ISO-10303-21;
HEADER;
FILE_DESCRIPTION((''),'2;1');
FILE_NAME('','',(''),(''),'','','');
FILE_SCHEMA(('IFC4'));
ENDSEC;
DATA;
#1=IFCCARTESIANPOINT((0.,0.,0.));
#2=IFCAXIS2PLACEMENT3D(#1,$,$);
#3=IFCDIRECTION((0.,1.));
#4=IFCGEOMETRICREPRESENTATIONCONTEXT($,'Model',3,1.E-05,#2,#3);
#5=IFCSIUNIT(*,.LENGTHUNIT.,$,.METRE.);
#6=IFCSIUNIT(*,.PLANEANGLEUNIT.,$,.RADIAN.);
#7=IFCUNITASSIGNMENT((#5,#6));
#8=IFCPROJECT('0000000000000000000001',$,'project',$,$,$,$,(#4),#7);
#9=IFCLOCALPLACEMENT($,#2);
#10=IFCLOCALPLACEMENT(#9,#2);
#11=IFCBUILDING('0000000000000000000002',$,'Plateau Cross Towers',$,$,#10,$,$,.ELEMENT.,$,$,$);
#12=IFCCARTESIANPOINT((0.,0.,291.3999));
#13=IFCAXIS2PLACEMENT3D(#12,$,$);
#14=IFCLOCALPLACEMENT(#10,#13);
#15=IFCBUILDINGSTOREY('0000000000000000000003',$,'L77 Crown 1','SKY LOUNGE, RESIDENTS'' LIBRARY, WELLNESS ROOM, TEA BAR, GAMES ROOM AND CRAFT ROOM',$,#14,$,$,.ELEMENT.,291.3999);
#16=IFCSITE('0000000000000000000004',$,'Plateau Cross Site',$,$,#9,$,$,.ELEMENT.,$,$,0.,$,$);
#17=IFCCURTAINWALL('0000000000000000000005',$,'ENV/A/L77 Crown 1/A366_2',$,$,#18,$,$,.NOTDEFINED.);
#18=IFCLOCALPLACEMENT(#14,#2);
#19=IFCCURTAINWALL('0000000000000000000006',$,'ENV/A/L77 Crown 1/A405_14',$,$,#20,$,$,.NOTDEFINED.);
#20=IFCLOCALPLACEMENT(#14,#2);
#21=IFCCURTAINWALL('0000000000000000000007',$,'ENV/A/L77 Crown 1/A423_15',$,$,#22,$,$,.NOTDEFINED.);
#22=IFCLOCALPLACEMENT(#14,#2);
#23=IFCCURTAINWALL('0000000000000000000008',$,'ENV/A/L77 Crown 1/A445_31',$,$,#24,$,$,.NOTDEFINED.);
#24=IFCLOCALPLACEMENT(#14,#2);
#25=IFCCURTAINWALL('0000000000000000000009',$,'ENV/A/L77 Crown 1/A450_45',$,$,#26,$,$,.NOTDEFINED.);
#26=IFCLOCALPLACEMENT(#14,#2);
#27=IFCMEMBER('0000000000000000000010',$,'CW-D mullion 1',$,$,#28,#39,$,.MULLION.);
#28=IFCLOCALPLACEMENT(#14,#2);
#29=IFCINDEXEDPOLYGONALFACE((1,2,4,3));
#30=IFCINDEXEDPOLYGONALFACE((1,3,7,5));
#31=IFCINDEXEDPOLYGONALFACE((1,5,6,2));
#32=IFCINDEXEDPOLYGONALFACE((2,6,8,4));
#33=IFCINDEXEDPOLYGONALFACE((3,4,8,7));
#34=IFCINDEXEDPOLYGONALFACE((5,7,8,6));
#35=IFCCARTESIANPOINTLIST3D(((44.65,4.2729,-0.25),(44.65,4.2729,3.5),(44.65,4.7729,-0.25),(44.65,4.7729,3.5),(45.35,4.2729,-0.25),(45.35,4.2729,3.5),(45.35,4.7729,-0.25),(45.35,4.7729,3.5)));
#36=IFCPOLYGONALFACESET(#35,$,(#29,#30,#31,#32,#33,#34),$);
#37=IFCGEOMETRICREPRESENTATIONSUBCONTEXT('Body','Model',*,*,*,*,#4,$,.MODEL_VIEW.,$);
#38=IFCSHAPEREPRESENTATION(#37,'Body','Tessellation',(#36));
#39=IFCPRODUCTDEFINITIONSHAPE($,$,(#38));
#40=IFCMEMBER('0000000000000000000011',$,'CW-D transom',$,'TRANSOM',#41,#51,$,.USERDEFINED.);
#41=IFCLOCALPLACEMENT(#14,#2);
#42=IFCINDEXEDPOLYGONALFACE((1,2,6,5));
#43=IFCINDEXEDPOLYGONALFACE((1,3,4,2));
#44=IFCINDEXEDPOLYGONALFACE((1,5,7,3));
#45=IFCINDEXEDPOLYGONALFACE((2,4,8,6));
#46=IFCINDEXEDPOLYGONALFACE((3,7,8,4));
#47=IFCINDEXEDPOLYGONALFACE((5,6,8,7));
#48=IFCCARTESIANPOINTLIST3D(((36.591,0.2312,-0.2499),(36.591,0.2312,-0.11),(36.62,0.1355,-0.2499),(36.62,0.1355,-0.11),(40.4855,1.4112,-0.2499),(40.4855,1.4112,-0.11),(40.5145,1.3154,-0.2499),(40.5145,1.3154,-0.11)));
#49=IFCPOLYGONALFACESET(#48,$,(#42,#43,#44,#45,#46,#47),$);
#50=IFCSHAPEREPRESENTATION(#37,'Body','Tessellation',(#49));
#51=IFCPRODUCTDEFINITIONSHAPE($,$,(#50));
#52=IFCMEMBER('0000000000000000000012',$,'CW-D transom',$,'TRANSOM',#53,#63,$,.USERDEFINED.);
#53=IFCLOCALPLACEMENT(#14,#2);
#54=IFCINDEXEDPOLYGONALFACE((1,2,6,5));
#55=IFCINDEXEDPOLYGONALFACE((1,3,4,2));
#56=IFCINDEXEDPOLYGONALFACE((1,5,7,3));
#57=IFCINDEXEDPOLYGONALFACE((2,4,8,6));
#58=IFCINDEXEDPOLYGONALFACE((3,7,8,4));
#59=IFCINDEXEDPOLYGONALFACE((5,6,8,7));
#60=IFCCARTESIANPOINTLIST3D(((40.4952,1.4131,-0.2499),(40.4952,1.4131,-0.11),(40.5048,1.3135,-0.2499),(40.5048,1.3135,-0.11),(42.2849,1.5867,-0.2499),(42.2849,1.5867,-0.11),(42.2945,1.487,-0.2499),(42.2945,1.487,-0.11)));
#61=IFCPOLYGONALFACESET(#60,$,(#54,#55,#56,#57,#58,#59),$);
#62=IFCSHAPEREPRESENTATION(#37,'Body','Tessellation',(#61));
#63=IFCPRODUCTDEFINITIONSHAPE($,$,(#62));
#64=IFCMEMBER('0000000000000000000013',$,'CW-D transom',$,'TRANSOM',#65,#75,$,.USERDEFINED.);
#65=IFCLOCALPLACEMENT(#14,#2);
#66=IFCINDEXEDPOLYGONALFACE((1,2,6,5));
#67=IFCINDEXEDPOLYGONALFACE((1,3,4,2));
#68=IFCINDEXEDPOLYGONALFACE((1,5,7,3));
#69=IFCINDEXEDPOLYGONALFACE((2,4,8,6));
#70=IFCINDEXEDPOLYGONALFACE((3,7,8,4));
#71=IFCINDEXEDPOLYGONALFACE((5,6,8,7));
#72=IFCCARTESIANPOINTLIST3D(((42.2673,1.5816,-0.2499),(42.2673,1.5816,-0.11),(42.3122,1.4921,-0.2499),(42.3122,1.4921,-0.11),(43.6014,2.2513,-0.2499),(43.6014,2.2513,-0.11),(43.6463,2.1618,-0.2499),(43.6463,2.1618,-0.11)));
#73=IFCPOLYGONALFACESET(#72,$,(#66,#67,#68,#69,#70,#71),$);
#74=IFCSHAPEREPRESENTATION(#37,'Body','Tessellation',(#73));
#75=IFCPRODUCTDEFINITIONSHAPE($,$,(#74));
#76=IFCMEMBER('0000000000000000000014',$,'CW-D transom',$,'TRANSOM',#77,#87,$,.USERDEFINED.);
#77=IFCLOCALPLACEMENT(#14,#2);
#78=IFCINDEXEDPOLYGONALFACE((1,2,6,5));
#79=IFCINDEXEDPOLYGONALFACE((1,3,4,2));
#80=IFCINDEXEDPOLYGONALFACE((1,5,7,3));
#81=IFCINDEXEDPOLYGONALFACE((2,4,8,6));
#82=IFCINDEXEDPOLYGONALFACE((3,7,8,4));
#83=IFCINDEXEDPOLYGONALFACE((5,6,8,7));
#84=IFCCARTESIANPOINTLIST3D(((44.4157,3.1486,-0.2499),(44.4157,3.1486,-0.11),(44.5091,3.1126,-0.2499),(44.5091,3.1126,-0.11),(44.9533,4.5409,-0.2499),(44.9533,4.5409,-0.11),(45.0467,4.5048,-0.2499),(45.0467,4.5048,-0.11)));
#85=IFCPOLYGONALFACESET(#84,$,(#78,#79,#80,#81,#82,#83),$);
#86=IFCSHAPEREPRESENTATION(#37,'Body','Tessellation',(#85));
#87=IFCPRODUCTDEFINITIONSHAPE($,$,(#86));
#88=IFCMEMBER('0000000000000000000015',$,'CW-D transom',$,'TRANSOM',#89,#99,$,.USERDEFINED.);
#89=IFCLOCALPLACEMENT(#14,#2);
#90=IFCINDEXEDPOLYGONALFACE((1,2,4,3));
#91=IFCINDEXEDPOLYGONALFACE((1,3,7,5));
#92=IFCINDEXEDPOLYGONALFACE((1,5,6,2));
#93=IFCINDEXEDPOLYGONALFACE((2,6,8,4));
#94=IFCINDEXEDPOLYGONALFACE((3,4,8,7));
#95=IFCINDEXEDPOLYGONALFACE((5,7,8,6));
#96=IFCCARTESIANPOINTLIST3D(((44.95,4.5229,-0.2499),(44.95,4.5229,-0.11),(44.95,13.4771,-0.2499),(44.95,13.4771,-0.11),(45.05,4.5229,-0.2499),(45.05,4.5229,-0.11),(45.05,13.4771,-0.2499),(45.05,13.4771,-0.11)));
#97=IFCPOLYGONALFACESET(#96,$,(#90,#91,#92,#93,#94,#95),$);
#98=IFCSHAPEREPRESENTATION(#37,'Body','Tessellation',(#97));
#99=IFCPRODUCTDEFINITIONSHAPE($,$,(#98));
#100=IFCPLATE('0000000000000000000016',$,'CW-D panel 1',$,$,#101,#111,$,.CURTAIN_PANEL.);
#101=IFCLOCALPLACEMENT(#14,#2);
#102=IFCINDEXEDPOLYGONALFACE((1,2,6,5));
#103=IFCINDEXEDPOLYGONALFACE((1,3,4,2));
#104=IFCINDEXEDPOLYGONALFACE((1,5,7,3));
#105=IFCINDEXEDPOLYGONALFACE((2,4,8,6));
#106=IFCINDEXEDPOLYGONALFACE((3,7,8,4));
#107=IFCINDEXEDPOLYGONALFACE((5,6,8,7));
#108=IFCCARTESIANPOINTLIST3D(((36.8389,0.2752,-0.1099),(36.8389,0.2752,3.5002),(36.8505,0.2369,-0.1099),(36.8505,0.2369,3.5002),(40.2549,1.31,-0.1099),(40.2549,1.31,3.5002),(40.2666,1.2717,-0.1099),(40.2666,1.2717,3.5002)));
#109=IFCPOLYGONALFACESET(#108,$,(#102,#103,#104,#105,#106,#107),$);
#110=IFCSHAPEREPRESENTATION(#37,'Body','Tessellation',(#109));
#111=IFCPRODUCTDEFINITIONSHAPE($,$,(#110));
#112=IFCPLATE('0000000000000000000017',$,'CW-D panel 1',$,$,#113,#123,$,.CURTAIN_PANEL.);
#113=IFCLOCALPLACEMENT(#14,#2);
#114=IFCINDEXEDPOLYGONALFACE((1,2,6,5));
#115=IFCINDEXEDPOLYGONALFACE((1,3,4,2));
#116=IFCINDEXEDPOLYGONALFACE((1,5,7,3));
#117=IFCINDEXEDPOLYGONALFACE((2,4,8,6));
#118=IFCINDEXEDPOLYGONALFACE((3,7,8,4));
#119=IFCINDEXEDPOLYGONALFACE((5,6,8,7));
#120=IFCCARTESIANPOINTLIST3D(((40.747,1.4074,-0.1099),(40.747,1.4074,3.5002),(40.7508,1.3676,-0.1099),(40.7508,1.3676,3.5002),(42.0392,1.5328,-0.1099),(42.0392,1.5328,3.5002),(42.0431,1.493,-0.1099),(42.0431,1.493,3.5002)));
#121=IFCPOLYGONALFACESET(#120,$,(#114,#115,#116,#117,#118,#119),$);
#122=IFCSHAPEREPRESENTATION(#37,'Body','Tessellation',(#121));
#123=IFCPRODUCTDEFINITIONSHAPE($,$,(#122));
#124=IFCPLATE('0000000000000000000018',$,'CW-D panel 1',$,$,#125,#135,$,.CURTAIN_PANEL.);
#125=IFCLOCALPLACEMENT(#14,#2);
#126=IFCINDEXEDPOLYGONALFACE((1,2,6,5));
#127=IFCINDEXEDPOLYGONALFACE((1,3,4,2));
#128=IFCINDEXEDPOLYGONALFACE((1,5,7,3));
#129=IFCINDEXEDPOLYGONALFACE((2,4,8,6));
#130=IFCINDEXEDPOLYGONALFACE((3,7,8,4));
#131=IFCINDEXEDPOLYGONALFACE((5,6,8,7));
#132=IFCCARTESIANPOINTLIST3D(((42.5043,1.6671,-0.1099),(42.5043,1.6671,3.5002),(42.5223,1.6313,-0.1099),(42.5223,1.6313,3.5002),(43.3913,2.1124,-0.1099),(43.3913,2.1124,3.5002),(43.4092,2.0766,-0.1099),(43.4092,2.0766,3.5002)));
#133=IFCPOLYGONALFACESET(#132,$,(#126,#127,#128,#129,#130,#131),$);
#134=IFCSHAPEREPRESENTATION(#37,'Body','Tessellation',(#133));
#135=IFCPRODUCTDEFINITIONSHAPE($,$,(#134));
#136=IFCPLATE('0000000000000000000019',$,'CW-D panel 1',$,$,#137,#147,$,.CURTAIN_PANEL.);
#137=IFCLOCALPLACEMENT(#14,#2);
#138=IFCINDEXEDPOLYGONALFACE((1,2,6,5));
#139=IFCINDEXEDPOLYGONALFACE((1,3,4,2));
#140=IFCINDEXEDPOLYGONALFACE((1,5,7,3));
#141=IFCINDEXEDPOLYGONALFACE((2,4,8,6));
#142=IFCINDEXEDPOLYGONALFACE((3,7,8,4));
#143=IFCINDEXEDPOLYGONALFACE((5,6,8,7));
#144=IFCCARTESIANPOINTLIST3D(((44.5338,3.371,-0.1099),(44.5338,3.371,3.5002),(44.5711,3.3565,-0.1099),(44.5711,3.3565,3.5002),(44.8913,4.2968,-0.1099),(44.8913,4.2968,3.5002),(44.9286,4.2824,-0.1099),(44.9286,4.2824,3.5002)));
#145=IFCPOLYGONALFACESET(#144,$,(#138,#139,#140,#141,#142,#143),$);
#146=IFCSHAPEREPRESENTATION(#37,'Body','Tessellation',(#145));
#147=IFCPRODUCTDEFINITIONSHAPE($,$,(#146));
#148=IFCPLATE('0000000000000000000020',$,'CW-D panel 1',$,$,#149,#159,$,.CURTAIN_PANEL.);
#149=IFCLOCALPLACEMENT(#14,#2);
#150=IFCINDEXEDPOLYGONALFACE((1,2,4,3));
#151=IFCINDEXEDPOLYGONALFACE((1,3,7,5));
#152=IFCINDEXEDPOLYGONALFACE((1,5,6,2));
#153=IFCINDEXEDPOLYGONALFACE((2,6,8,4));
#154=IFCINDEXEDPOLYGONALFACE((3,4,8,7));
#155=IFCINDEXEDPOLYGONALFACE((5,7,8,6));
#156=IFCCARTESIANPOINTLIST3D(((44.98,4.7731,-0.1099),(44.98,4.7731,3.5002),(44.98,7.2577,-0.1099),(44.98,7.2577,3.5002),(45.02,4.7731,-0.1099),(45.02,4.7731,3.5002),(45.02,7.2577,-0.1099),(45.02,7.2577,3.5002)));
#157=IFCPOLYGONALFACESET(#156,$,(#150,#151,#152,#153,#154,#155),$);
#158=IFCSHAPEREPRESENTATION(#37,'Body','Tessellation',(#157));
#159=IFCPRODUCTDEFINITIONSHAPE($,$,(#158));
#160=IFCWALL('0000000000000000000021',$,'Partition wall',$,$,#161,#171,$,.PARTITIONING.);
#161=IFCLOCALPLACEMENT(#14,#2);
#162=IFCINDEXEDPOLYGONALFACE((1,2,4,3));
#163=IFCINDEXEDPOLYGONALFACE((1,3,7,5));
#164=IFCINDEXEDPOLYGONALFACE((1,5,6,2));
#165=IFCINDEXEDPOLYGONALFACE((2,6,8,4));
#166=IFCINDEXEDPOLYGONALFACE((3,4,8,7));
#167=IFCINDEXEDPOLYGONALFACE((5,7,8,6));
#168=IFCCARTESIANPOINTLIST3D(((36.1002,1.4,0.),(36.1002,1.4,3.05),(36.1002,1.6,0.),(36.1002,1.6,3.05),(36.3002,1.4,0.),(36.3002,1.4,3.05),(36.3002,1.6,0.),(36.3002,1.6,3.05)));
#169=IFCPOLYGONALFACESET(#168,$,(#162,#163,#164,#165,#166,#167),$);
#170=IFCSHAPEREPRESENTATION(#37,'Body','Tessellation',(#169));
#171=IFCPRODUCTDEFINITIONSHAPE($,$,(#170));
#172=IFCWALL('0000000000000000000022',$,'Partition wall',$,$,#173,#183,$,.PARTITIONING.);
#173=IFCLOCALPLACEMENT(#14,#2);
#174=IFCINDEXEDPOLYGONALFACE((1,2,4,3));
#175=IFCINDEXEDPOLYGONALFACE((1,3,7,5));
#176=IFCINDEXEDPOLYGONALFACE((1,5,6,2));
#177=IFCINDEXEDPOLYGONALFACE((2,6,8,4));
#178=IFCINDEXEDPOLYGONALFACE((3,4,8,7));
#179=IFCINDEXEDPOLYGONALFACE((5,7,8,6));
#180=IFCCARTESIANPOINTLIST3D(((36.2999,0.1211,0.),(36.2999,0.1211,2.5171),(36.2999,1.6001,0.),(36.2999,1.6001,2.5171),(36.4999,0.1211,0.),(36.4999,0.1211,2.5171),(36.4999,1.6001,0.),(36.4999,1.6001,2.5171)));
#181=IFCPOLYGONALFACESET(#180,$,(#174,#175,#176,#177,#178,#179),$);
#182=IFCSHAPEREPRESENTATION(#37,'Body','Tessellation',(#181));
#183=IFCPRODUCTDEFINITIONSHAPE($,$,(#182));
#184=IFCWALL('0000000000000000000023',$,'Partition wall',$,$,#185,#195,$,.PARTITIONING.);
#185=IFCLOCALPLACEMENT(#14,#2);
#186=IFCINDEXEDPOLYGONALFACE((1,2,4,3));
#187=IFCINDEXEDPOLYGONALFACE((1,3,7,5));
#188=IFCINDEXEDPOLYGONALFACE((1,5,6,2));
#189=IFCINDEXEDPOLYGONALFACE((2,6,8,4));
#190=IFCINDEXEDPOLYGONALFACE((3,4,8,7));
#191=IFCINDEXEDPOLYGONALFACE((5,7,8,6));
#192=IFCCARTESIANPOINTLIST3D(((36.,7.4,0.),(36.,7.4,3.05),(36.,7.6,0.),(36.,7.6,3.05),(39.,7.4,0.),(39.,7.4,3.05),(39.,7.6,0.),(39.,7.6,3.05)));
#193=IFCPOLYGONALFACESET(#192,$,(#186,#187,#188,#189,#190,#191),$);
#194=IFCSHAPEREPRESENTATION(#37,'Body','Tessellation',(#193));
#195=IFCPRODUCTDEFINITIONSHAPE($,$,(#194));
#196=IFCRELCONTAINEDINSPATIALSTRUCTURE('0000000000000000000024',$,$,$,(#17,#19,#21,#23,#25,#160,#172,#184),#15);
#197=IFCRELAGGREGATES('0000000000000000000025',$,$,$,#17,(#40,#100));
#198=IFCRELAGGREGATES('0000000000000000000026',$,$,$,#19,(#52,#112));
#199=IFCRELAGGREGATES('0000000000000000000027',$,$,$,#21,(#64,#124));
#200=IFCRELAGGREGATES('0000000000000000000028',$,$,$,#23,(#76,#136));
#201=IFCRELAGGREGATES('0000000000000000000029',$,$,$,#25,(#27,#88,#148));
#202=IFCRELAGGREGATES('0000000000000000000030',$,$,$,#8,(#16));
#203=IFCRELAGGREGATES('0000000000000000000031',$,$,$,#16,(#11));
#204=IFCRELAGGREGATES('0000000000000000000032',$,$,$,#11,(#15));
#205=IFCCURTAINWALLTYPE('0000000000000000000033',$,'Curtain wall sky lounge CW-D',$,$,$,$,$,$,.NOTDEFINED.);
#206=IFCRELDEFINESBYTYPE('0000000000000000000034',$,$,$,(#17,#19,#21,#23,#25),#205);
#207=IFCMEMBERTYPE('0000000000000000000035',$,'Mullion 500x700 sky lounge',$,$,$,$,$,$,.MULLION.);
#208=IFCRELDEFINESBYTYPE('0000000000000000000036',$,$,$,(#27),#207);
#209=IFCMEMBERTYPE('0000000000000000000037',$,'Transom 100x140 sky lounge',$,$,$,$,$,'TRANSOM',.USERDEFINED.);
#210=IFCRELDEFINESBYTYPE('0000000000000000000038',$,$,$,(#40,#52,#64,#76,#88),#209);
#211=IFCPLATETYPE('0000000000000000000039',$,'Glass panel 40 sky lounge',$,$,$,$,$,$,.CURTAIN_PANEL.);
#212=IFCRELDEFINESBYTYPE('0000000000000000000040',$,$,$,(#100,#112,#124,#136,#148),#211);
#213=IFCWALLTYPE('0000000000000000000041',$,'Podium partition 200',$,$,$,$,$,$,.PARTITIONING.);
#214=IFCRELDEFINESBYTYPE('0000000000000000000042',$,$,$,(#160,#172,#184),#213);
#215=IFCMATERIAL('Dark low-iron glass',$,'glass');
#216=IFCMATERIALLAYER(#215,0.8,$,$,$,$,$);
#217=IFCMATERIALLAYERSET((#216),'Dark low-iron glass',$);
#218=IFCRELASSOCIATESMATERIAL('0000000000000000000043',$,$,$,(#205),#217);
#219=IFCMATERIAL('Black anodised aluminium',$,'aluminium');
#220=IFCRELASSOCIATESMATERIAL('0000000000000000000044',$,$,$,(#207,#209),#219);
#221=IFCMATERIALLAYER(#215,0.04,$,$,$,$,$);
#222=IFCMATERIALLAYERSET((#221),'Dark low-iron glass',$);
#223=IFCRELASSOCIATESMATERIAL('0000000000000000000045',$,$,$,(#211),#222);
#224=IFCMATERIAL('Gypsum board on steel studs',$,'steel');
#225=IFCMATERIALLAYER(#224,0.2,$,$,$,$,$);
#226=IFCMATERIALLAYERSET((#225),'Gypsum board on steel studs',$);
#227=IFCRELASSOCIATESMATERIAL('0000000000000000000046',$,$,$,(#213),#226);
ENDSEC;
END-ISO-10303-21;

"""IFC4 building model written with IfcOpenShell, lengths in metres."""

from ifc_helpers import new_model, si_unit, direction, frame, frame_2d, origin, origin_2d, place, context, subcontext, project, spatial, rectangle, extrude, material, layer, layer_set, material_profile, profile_set, type_object, element, aggregate, save


model = new_model("IFC4")

# Units and contexts
model_context = context("Model", 3, precision=1e-05, world=origin(), true_north=direction((0.0, 1.0)))
body_context = subcontext(model_context, "Body", "Model", "MODEL_VIEW")
ifc_project = project(units=[si_unit("LENGTHUNIT", "METRE"), si_unit("PLANEANGLEUNIT", "RADIAN")], contexts=[model_context])

# Site, building, storey
site_placement = place(None, origin())
site = spatial("IfcSite", under=ifc_project, at=site_placement, Name="Plateau Cross Site", CompositionType="ELEMENT", RefElevation=0.0)
building_placement = place(site_placement, origin())
building = spatial("IfcBuilding", under=site, at=building_placement, Name="Plateau Cross Towers", CompositionType="ELEMENT")
storey_placement = place(building_placement, frame((0.0, 0.0, 291.3999)))
storey = spatial("IfcBuildingStorey", under=building, at=storey_placement, Name="L77 Crown 1", Description="SKY LOUNGE, RESIDENTS' LIBRARY, WELLNESS ROOM, TEA BAR, GAMES ROOM AND CRAFT ROOM", CompositionType="ELEMENT", Elevation=291.3999)

# Curtain walls
ifc_material_1 = material(Name="Dark low-iron glass", Category="glass")
ifc_layer_1 = layer(ifc_material_1, 0.8)
ifc_layer_set_1 = layer_set([ifc_layer_1], Name="Dark low-iron glass")
curtain_wall_type = type_object("IfcCurtainWallType", Name="Curtain wall sky lounge CW-D", PredefinedType="NOTDEFINED", material=ifc_layer_set_1)
curtain_wall_1_placement = place(storey_placement, origin())
curtain_wall_1 = element("IfcCurtainWall", 1, at=curtain_wall_1_placement, inside=storey, type_object=curtain_wall_type, Name="ENV/A/L77 Crown 1/A366_2", PredefinedType="NOTDEFINED")
ifc_material_2 = material(Name="Black anodised aluminium", Category="aluminium")
ifc_material_profile_1 = material_profile(ifc_material_2, rectangle(XDim=0.5, YDim=0.7, at=origin_2d()), Name="MULLION 500x700")
ifc_profile_set_1 = profile_set([ifc_material_profile_1], Name="Black anodised aluminium")
member_type_1 = type_object("IfcMemberType", Name="Mullion 500x700 sky lounge", PredefinedType="MULLION", material=ifc_profile_set_1)
curtain_wall_2_placement = place(storey_placement, origin())
curtain_wall_2 = element("IfcCurtainWall", 2, at=curtain_wall_2_placement, inside=storey, type_object=curtain_wall_type, Name="ENV/A/L77 Crown 1/A405_14", PredefinedType="NOTDEFINED")

# Curtain wall
curtain_wall_3_placement = place(storey_placement, origin())
curtain_wall_3 = element("IfcCurtainWall", 3, at=curtain_wall_3_placement, inside=storey, type_object=curtain_wall_type, Name="ENV/A/L77 Crown 1/A423_15", PredefinedType="NOTDEFINED")

# Curtain walls, member
curtain_wall_4_placement = place(storey_placement, origin())
curtain_wall_4 = element("IfcCurtainWall", 4, at=curtain_wall_4_placement, inside=storey, type_object=curtain_wall_type, Name="ENV/A/L77 Crown 1/A445_31", PredefinedType="NOTDEFINED")
curtain_wall_5_placement = place(storey_placement, origin())
curtain_wall_5 = element("IfcCurtainWall", 5, at=curtain_wall_5_placement, inside=storey, type_object=curtain_wall_type, Name="ENV/A/L77 Crown 1/A450_45", PredefinedType="NOTDEFINED")
member_1_placement = place(storey_placement, frame((45.0, 4.5229, -0.25), z_axis=(0.0, 0.0, 1.0), x_axis=(0.0, 1.0, 0.0)))
member_1 = element("IfcMember", 6, at=member_1_placement, type_object=member_type_1, Name="CW-D mullion 1", PredefinedType="MULLION", context=body_context, shape_type="SweptSolid", body=[
    extrude(rectangle(XDim=0.5, YDim=0.7, at=origin_2d()), origin(), (0.0, 0.0, 1.0), 3.75),
])

# Members
ifc_material_profile_2 = material_profile(ifc_material_2, rectangle(XDim=0.1001, YDim=0.1399, at=origin_2d()), Name="TRANSOM 100x140")
ifc_profile_set_2 = profile_set([ifc_material_profile_2], Name="Black anodised aluminium")
member_type_2 = type_object("IfcMemberType", Name="Transom 100x140 sky lounge", ElementType="TRANSOM", PredefinedType="USERDEFINED", material=ifc_profile_set_2)
member_2_placement = place(storey_placement, frame((36.6055, 0.1833, -0.1799), z_axis=(0.95704, 0.289956, 0.0), x_axis=(-0.289956, 0.95704, 0.0)))
member_2 = element("IfcMember", 7, at=member_2_placement, type_object=member_type_2, Name="CW-D transom", ObjectType="TRANSOM", PredefinedType="USERDEFINED", context=body_context, shape_type="SweptSolid", body=[
    extrude(rectangle(XDim=0.1001, YDim=0.1399, at=origin_2d()), origin(), (0.0, 0.0, 1.0), 4.0693),
])
member_3_placement = place(storey_placement, frame((40.5, 1.3633, -0.1799), z_axis=(0.99533, 0.096532, 0.0), x_axis=(-0.096532, 0.99533, 0.0)))
member_3 = element("IfcMember", 8, at=member_3_placement, type_object=member_type_2, Name="CW-D transom", ObjectType="TRANSOM", PredefinedType="USERDEFINED", context=body_context, shape_type="SweptSolid", body=[
    extrude(rectangle(XDim=0.1001, YDim=0.1399, at=origin_2d()), origin(), (0.0, 0.0, 1.0), 1.7981),
])
member_4_placement = place(storey_placement, frame((42.2898, 1.5369, -0.1799), z_axis=(0.893706, 0.448652, 0.0), x_axis=(-0.448652, 0.893706, 0.0)))
member_4 = element("IfcMember", 9, at=member_4_placement, type_object=member_type_2, Name="CW-D transom", ObjectType="TRANSOM", PredefinedType="USERDEFINED", context=body_context, shape_type="SweptSolid", body=[
    extrude(rectangle(XDim=0.1001, YDim=0.1399, at=origin_2d()), origin(), (0.0, 0.0, 1.0), 1.4927),
])
member_5_placement = place(storey_placement, frame((44.4624, 3.1306, -0.1799), z_axis=(0.360195, 0.932877, 0.0), x_axis=(-0.932877, 0.360195, 0.0)))
member_5 = element("IfcMember", 10, at=member_5_placement, type_object=member_type_2, Name="CW-D transom", ObjectType="TRANSOM", PredefinedType="USERDEFINED", context=body_context, shape_type="SweptSolid", body=[
    extrude(rectangle(XDim=0.1001, YDim=0.1399, at=origin_2d()), origin(), (0.0, 0.0, 1.0), 1.4924),
])
member_6_placement = place(storey_placement, frame((45.0, 4.5229, -0.1799), z_axis=(0.0, 1.0, 0.0), x_axis=(-1.0, 0.0, 0.0)))
member_6 = element("IfcMember", 11, at=member_6_placement, type_object=member_type_2, Name="CW-D transom", ObjectType="TRANSOM", PredefinedType="USERDEFINED", context=body_context, shape_type="SweptSolid", body=[
    extrude(rectangle(XDim=0.1001, YDim=0.1399, at=origin_2d()), origin(), (0.0, 0.0, 1.0), 8.9541),
])

# Plates
ifc_layer_2 = layer(ifc_material_1, 0.04)
ifc_layer_set_2 = layer_set([ifc_layer_2], Name="Dark low-iron glass")
plate_type = type_object("IfcPlateType", Name="Glass panel 40 sky lounge", PredefinedType="CURTAIN_PANEL", material=ifc_layer_set_2)
plate_1_placement = place(storey_placement, frame((38.5527, 0.7734, -0.1099), z_axis=(0.0, 0.0, 1.0), x_axis=(0.957048, 0.289928, 0.0)))
plate_1 = element("IfcPlate", 12, at=plate_1_placement, type_object=plate_type, Name="CW-D panel 1", PredefinedType="CURTAIN_PANEL", context=body_context, shape_type="SweptSolid", body=[
    extrude(rectangle(XDim=3.5693, YDim=0.04, at=origin_2d()), origin(), (0.0, 0.0, 1.0), 3.6101),
])
aggregate(curtain_wall_1, [member_2, plate_1])
plate_2_placement = place(storey_placement, frame((41.395, 1.4502, -0.1099), z_axis=(0.0, 0.0, 1.0), x_axis=(0.995323, 0.096606, 0.0)))
plate_2 = element("IfcPlate", 13, at=plate_2_placement, type_object=plate_type, Name="CW-D panel 1", PredefinedType="CURTAIN_PANEL", context=body_context, shape_type="SweptSolid", body=[
    extrude(rectangle(XDim=1.2983, YDim=0.04, at=origin_2d()), origin(), (0.0, 0.0, 1.0), 3.6101),
])
aggregate(curtain_wall_2, [member_3, plate_2])
plate_3_placement = place(storey_placement, frame((42.9568, 1.8718, -0.1099), z_axis=(0.0, 0.0, 1.0), x_axis=(0.893702, 0.448661, 0.0)))
plate_3 = element("IfcPlate", 14, at=plate_3_placement, type_object=plate_type, Name="CW-D panel 1", PredefinedType="CURTAIN_PANEL", context=body_context, shape_type="SweptSolid", body=[
    extrude(rectangle(XDim=0.9924, YDim=0.04, at=origin_2d()), origin(), (0.0, 0.0, 1.0), 3.6101),
])
aggregate(curtain_wall_3, [member_4, plate_3])
plate_4_placement = place(storey_placement, frame((44.7312, 3.8267, -0.1099), z_axis=(0.0, 0.0, 1.0), x_axis=(0.360226, 0.932865, 0.0)))
plate_4 = element("IfcPlate", 15, at=plate_4_placement, type_object=plate_type, Name="CW-D panel 1", PredefinedType="CURTAIN_PANEL", context=body_context, shape_type="SweptSolid", body=[
    extrude(rectangle(XDim=0.9924, YDim=0.04, at=origin_2d()), origin(), (0.0, 0.0, 1.0), 3.6101),
])
aggregate(curtain_wall_4, [member_5, plate_4])
plate_5_placement = place(storey_placement, frame((45.0, 6.0154, -0.1099), z_axis=(0.0, 0.0, 1.0), x_axis=(0.0, 1.0, 0.0)))
plate_5 = element("IfcPlate", 16, at=plate_5_placement, type_object=plate_type, Name="CW-D panel 1", PredefinedType="CURTAIN_PANEL", context=body_context, shape_type="SweptSolid", body=[
    extrude(rectangle(XDim=2.4846, YDim=0.04, at=origin_2d()), origin(), (0.0, 0.0, 1.0), 3.6101),
])
aggregate(curtain_wall_5, [member_1, member_6, plate_5])

# Shared definitions
ifc_material_3 = material(Name="Gypsum board on steel studs", Category="steel")
ifc_layer_3 = layer(ifc_material_3, 0.2)
ifc_layer_set_3 = layer_set([ifc_layer_3], Name="Gypsum board on steel studs")
wall_type = type_object("IfcWallType", Name="Podium partition 200", PredefinedType="PARTITIONING", material=ifc_layer_set_3)

# Walls
wall_1_placement = place(storey_placement, frame((36.1001, 1.5, 0.0), z_axis=(0.0, 0.0, 1.0), x_axis=(1.0, 0.0, 0.0)))
element("IfcWall", 17, at=wall_1_placement, inside=storey, type_object=wall_type, Name="Partition wall", PredefinedType="PARTITIONING", context=body_context, shape_type="SweptSolid", body=[
    extrude(rectangle(XDim=0.2, YDim=0.2, at=frame_2d((0.1001, 0.0))), origin(), (0.0, 0.0, 1.0), 3.05),
])
wall_2_placement = place(storey_placement, frame((36.3999, 1.6001, 0.0), z_axis=(0.0, 0.0, 1.0), x_axis=(0.0, -1.0, 0.0)))
element("IfcWall", 18, at=wall_2_placement, inside=storey, type_object=wall_type, Name="Partition wall", PredefinedType="PARTITIONING", context=body_context, shape_type="SweptSolid", body=[
    extrude(rectangle(XDim=1.479, YDim=0.2, at=frame_2d((0.7395, 0.0))), origin(), (0.0, 0.0, 1.0), 2.5171),
])
wall_3_placement = place(storey_placement, frame((39.0, 7.5, 0.0), z_axis=(0.0, 0.0, 1.0), x_axis=(-1.0, 0.0, 0.0)))
element("IfcWall", 19, at=wall_3_placement, inside=storey, type_object=wall_type, Name="Partition wall", PredefinedType="PARTITIONING", context=body_context, shape_type="SweptSolid", body=[
    extrude(rectangle(XDim=3.0, YDim=0.2, at=frame_2d((1.5, 0.0))), origin(), (0.0, 0.0, 1.0), 3.05),
])

save(model, "model.ifc")
